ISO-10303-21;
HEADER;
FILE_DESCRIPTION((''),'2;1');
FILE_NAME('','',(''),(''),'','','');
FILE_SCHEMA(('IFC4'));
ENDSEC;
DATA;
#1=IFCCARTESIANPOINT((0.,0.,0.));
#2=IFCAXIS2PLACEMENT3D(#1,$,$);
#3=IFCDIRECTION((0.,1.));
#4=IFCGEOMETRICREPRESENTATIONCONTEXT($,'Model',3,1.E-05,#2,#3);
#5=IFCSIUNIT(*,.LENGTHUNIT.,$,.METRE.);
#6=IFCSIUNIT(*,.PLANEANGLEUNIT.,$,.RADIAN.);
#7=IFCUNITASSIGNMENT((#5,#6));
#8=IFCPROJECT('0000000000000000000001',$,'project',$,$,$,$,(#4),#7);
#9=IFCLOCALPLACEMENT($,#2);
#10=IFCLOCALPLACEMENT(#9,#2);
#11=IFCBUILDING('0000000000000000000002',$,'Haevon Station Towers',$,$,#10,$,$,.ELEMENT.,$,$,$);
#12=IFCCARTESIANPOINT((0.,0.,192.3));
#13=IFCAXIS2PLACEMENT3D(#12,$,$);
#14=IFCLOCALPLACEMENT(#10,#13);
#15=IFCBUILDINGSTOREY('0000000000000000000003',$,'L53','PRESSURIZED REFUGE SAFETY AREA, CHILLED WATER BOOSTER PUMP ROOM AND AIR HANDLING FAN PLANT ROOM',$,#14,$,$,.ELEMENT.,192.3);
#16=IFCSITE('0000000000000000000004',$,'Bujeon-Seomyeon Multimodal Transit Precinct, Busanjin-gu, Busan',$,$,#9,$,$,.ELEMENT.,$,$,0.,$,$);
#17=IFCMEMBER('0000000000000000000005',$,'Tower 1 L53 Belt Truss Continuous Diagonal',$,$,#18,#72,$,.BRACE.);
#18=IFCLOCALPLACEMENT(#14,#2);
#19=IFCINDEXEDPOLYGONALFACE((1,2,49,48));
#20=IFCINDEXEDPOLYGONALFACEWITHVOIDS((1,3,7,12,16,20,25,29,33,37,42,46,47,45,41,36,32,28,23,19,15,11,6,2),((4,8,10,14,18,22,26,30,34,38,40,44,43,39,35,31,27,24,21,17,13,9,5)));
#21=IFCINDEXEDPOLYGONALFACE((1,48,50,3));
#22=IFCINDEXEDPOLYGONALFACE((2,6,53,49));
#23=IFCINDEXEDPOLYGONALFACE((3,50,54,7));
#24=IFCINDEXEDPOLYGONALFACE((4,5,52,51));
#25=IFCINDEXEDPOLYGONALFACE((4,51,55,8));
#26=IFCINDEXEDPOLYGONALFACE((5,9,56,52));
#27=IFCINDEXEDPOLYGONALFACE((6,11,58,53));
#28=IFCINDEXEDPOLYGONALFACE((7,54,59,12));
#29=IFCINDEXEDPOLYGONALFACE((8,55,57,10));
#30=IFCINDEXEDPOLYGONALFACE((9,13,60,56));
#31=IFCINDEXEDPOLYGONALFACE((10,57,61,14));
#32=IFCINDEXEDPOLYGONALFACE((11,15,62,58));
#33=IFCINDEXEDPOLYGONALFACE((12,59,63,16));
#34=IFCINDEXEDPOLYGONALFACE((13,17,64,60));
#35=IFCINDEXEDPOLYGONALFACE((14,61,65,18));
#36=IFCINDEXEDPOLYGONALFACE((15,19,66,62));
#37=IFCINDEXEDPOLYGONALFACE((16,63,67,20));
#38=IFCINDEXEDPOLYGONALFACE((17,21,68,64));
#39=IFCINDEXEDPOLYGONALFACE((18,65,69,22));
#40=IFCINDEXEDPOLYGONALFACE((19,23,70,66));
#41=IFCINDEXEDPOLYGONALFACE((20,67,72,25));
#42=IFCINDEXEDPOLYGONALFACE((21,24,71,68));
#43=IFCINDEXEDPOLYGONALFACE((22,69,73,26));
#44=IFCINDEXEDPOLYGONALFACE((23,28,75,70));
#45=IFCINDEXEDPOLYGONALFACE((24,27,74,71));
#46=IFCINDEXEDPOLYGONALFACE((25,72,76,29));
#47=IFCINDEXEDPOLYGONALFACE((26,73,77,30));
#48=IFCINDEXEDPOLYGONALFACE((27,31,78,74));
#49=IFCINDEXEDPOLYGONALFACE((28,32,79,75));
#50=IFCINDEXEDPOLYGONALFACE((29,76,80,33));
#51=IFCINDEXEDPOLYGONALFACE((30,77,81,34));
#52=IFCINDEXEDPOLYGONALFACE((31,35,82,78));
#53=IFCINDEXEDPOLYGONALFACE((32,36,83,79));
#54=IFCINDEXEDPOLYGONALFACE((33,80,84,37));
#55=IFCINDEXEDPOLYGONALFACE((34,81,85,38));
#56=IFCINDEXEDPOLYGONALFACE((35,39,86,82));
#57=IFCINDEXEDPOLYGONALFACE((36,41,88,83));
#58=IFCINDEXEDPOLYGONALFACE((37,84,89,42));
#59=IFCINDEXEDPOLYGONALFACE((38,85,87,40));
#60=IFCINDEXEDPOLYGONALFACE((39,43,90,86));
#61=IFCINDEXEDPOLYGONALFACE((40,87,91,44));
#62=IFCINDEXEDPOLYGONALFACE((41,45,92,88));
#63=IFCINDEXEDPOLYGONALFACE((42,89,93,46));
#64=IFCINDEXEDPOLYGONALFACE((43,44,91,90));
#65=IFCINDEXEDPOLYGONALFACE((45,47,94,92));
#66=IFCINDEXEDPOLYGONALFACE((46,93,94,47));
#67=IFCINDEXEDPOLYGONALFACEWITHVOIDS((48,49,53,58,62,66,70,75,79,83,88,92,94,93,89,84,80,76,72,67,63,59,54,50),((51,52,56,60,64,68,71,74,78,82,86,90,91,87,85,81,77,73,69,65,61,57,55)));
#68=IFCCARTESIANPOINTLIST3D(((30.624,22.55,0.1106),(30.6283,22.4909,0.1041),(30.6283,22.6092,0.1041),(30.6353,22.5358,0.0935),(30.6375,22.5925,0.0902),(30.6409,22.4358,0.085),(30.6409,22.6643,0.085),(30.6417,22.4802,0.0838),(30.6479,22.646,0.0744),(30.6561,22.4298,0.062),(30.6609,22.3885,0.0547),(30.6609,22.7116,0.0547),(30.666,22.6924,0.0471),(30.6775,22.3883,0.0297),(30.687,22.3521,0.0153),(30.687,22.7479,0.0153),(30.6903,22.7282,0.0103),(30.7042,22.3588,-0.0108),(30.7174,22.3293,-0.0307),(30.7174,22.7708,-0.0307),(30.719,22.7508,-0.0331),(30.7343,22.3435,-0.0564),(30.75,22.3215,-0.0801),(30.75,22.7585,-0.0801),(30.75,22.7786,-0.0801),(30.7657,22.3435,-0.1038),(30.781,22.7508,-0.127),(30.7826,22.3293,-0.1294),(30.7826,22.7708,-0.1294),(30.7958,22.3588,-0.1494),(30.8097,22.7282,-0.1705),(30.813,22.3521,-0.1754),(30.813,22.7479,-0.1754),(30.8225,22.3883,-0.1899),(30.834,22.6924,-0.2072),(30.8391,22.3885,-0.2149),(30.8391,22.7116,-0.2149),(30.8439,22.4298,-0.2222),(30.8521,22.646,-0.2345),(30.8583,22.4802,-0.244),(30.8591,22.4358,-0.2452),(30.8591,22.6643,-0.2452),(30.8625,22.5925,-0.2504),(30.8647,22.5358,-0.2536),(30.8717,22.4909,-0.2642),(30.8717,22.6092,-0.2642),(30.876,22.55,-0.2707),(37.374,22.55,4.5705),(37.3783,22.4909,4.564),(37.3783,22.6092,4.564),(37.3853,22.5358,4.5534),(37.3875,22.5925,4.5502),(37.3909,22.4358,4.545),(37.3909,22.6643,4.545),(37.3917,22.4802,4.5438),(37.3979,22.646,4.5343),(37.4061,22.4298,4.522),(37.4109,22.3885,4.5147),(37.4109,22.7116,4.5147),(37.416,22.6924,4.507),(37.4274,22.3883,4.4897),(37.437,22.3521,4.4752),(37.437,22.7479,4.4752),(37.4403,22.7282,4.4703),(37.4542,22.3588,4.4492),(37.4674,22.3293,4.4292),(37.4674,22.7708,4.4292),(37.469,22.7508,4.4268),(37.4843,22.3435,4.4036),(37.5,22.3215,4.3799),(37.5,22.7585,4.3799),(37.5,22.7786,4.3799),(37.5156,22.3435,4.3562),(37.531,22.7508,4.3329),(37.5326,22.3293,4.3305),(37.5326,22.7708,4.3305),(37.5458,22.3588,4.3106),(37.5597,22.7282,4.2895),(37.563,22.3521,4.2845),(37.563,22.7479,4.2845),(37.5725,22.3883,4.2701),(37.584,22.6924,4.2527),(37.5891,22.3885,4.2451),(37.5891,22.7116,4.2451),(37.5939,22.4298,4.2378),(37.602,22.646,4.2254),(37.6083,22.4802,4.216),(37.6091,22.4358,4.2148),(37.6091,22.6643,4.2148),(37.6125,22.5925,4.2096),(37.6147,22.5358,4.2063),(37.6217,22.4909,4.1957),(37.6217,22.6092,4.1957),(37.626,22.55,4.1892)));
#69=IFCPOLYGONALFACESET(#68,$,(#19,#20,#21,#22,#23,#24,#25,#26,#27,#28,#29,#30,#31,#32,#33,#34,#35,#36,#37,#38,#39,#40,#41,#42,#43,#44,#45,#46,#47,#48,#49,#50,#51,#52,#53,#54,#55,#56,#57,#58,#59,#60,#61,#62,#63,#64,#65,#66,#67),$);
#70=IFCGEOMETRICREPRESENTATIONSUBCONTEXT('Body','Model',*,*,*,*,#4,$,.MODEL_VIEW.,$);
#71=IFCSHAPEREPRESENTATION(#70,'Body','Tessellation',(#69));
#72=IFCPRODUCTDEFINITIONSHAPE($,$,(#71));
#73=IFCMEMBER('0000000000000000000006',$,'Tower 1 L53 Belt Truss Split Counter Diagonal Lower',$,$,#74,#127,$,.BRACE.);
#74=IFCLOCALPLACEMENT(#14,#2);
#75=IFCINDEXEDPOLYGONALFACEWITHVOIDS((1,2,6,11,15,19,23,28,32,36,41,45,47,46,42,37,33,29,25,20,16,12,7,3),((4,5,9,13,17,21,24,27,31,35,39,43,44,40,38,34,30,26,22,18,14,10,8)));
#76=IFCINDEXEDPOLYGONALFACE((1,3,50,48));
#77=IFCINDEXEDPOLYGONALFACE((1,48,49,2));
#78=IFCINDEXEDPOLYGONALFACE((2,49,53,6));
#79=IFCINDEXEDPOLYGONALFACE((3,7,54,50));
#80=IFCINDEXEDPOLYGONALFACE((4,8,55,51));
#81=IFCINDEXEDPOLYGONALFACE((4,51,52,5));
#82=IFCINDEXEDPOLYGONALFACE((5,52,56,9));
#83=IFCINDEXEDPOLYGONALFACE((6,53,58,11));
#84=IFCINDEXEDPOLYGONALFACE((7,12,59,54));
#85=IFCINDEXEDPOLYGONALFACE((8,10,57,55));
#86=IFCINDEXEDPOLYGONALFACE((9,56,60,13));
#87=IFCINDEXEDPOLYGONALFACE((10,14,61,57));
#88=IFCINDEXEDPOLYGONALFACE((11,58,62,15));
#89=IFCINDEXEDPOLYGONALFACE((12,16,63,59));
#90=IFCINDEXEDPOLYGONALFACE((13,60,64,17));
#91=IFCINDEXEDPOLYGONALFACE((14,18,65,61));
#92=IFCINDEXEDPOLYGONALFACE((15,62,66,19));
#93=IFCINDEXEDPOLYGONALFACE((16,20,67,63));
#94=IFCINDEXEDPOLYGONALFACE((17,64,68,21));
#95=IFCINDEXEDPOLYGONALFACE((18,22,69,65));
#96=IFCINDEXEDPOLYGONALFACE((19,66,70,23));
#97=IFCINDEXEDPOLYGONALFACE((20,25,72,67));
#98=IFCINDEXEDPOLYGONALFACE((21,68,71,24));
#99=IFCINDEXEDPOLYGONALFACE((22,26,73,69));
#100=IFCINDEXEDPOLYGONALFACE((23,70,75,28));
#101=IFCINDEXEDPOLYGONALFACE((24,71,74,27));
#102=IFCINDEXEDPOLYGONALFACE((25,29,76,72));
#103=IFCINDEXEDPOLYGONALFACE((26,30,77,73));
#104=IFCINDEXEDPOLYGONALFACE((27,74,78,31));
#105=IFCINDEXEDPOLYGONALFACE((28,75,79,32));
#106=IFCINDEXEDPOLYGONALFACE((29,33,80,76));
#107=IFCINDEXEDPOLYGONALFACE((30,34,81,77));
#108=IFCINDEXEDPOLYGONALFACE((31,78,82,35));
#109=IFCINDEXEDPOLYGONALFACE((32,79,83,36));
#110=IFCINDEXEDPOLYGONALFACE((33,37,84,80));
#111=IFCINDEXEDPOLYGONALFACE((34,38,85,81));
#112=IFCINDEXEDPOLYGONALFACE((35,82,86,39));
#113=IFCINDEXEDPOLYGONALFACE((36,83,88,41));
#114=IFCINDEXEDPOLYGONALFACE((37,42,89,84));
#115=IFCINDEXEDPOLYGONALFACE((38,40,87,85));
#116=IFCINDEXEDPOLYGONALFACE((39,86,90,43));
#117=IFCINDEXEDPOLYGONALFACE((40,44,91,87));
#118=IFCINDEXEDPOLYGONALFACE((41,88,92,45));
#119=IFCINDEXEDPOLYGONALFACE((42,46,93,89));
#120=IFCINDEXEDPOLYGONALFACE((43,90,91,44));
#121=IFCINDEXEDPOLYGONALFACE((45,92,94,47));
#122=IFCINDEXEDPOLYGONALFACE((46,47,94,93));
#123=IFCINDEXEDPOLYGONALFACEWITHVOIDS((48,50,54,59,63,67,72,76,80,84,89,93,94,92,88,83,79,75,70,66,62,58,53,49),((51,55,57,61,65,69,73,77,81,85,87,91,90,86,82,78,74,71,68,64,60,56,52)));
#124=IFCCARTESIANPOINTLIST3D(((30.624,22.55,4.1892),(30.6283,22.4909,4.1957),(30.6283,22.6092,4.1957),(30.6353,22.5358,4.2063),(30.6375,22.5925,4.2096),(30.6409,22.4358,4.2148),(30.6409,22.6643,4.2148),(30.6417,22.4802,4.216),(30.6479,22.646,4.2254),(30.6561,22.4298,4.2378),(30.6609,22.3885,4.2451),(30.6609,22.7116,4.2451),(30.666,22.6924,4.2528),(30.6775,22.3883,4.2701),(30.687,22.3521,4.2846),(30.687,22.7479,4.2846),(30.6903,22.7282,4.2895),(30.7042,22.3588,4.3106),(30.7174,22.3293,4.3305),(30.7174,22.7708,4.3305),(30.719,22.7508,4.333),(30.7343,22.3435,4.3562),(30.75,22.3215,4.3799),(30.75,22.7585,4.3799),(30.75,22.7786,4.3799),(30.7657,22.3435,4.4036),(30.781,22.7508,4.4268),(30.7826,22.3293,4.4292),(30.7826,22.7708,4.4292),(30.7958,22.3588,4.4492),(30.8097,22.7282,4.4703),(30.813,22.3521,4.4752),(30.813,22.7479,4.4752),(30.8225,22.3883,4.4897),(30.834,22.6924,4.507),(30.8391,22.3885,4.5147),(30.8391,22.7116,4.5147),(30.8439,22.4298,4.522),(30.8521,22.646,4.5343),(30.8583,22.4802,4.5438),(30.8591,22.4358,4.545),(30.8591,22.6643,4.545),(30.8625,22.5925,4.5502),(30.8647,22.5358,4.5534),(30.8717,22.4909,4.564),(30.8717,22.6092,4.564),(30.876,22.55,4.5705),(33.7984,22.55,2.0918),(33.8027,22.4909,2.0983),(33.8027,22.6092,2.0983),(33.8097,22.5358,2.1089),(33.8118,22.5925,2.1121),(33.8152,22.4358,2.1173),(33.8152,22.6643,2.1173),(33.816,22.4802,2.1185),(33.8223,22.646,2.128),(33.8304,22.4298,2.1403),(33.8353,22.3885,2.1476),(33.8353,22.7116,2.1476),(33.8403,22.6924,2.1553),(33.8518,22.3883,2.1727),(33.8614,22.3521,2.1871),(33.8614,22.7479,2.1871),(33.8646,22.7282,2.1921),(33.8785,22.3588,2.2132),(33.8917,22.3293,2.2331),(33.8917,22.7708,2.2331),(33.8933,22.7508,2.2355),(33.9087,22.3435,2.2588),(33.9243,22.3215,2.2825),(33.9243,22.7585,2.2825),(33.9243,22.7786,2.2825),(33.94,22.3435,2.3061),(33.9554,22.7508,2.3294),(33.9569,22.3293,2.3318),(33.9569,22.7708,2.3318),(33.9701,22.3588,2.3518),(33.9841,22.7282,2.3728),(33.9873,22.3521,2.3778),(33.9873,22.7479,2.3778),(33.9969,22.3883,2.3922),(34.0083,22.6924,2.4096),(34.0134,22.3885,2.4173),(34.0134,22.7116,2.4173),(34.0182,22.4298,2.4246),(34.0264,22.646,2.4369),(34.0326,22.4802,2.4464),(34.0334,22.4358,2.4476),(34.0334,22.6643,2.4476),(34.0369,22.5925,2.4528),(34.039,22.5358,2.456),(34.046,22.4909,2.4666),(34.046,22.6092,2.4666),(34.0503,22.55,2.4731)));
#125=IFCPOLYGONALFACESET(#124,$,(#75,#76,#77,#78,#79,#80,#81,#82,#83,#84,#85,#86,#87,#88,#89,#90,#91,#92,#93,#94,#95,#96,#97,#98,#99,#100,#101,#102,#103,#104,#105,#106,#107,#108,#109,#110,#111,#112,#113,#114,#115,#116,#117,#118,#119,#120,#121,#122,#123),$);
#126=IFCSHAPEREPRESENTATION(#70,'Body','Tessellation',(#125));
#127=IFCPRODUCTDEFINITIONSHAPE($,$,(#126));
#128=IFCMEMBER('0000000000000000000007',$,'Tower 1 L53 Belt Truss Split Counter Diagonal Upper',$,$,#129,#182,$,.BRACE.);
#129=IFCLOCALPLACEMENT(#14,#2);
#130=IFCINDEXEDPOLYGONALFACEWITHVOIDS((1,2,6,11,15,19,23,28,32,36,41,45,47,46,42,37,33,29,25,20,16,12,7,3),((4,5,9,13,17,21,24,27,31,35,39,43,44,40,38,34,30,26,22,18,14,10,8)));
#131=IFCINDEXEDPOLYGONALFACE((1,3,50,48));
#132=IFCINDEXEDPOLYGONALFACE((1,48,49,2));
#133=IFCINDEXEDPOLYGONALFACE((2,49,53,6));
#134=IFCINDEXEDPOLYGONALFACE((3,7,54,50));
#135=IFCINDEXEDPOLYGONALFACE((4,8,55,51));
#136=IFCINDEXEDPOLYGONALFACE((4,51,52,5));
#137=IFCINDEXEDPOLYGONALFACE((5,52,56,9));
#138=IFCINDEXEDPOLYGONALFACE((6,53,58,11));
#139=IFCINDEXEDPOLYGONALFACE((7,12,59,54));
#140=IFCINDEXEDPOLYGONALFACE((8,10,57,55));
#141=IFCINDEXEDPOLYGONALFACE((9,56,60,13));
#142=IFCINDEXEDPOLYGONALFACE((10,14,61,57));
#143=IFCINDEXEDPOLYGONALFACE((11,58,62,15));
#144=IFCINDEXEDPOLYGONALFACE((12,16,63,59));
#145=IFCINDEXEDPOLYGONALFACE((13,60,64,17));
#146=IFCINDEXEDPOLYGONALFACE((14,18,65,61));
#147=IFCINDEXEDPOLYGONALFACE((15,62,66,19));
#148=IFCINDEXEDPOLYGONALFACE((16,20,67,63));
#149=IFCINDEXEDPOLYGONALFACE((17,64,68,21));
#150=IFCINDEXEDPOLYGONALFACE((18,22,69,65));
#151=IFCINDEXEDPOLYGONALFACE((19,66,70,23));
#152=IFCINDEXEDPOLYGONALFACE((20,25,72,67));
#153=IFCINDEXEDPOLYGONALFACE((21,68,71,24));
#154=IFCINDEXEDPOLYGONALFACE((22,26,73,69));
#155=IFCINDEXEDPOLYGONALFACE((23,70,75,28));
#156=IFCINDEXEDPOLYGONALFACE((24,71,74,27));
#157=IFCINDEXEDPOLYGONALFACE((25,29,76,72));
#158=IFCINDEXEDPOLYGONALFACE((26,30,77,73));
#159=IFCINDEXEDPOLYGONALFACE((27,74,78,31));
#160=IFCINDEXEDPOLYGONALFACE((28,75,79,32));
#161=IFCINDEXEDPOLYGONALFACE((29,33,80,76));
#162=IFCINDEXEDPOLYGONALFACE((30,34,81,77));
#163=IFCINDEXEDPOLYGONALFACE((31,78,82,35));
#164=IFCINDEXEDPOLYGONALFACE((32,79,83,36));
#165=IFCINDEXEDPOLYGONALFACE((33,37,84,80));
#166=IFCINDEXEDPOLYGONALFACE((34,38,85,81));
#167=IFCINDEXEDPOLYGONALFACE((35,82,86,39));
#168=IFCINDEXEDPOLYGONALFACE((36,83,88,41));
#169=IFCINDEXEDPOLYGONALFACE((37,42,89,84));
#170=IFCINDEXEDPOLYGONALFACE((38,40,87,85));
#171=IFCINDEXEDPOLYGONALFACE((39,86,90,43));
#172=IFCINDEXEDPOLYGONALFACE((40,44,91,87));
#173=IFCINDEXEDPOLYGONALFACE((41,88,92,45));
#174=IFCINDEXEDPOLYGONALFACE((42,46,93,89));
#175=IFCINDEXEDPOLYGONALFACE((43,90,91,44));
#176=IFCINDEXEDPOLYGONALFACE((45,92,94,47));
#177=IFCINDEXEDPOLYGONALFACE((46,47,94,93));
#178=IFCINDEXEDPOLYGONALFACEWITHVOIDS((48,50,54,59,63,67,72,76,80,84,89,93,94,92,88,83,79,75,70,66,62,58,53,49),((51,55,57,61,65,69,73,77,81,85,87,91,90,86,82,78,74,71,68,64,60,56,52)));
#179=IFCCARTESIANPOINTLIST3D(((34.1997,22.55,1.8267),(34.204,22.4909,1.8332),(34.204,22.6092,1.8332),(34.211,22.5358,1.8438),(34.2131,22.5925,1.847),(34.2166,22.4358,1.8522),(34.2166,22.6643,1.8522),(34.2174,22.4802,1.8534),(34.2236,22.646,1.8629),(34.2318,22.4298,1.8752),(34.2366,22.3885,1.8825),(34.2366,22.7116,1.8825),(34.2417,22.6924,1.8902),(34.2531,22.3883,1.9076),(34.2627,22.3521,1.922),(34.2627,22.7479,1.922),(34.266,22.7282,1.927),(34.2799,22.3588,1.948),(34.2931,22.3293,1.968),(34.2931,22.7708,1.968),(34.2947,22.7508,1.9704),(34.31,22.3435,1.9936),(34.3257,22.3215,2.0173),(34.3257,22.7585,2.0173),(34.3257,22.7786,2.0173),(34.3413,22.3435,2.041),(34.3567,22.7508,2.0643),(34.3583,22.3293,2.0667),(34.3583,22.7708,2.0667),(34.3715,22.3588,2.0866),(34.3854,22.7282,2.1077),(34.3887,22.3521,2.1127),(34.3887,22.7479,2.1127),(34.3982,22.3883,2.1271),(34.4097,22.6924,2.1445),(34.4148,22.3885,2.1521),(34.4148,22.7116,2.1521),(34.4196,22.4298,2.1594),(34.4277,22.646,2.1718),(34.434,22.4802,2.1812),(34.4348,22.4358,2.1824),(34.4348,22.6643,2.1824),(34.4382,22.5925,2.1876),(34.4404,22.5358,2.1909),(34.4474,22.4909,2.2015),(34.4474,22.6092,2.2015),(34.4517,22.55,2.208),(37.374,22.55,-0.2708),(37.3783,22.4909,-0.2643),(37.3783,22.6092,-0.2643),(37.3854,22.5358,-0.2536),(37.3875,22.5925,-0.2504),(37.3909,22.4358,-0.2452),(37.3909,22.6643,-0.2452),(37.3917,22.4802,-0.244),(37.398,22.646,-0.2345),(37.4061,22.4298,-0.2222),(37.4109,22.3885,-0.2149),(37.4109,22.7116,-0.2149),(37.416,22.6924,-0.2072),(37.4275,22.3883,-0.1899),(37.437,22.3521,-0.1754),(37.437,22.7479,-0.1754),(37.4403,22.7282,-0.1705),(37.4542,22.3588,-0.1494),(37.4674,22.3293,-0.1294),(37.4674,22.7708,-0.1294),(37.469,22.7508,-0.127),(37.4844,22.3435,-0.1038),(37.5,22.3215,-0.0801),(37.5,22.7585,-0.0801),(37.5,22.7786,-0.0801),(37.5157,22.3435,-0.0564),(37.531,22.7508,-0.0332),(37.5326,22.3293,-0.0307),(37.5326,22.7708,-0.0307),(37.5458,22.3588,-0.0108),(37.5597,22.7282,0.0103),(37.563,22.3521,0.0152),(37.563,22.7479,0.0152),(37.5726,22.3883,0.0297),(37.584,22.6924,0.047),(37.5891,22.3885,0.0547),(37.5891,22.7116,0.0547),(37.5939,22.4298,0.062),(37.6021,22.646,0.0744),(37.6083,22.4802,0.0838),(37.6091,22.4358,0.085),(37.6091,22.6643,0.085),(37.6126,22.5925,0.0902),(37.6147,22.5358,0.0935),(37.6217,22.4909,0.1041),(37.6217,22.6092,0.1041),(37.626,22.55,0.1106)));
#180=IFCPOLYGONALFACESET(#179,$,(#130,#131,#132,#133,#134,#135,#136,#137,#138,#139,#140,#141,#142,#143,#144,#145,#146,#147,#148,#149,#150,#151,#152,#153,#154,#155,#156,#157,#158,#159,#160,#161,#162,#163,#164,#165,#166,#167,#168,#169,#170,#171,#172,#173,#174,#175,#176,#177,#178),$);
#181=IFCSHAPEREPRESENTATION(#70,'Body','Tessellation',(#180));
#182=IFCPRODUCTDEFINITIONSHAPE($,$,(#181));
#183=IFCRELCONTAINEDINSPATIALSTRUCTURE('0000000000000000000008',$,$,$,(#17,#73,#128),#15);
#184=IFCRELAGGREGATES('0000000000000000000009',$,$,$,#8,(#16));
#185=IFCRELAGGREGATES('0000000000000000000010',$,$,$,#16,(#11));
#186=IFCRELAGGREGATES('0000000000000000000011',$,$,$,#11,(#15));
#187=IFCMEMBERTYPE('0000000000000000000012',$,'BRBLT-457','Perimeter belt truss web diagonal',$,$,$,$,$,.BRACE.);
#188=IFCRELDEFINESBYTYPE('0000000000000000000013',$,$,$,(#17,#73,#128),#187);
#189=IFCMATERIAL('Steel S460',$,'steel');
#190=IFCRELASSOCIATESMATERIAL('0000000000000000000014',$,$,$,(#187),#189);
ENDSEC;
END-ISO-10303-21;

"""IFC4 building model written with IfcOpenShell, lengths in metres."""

from ifc_helpers import new_model, si_unit, direction, frame, origin, origin_2d, place, context, subcontext, project, spatial, hollow_circle, extrude, material, material_profile, profile_set, type_object, element, save


model = new_model("IFC4")

# Units and contexts
model_context = context("Model", 3, precision=1e-05, world=origin(), true_north=direction((0.0, 1.0)))
body_context = subcontext(model_context, "Body", "Model", "MODEL_VIEW")
ifc_project = project(units=[si_unit("LENGTHUNIT", "METRE"), si_unit("PLANEANGLEUNIT", "RADIAN")], contexts=[model_context])

# Site, building, storey
site_placement = place(None, origin())
site = spatial("IfcSite", under=ifc_project, at=site_placement, Name="Bujeon-Seomyeon Multimodal Transit Precinct, Busanjin-gu, Busan", CompositionType="ELEMENT", RefElevation=0.0)
building_placement = place(site_placement, origin())
building = spatial("IfcBuilding", under=site, at=building_placement, Name="Haevon Station Towers", CompositionType="ELEMENT")
storey_placement = place(building_placement, frame((0.0, 0.0, 192.3)))
storey = spatial("IfcBuildingStorey", under=building, at=storey_placement, Name="L53", Description="PRESSURIZED REFUGE SAFETY AREA, CHILLED WATER BOOSTER PUMP ROOM AND AIR HANDLING FAN PLANT ROOM", CompositionType="ELEMENT", Elevation=192.3)

# Shared definitions
ifc_material_1 = material(Name="Steel S460", Category="steel")

# Members
ifc_material_profile_1 = material_profile(ifc_material_1, hollow_circle(Radius=0.2285, WallThickness=0.02, at=origin_2d()), Name="CHS-457x20")
ifc_profile_set_1 = profile_set([ifc_material_profile_1], Name="Steel S460")
member_type_1 = type_object("IfcMemberType", Name="BRBLT-457", Description="Perimeter belt truss web diagonal", PredefinedType="BRACE", material=ifc_profile_set_1)
member_1_placement = place(storey_placement, frame((30.75, 22.55, -0.0801), z_axis=(0.834327, 0.0, 0.551269), x_axis=(0.0, 1.0, 0.0)))
element("IfcMember", 1, at=member_1_placement, inside=storey, type_object=member_type_1, Name="Tower 1 L53 Belt Truss Continuous Diagonal", PredefinedType="BRACE", context=body_context, shape_type="SweptSolid", body=[
    extrude(hollow_circle(Radius=0.2285, WallThickness=0.02, at=origin_2d()), origin(), (0.0, 0.0, 1.0), 8.0903),
])
for number, where, z_axis, x_axis, name in (
    (2, (30.75, 22.55, 4.3799), (0.834324, 0.0, -0.551275), (0.0, 1.0, 0.0), "Tower 1 L53 Belt Truss Split Counter Diagonal Lower"),
    (3, (34.3257, 22.55, 2.0173), (0.834324, 0.0, -0.551275), (0.0, 1.0, 0.0), "Tower 1 L53 Belt Truss Split Counter Diagonal Upper"),
):
    element("IfcMember", number, at=place(storey_placement, frame(where, z_axis=z_axis, x_axis=x_axis)), inside=storey, type_object=member_type_1, Name=name, PredefinedType="BRACE", context=body_context, shape_type="SweptSolid", body=[
        extrude(hollow_circle(Radius=0.2285, WallThickness=0.02, at=origin_2d()), origin(), (0.0, 0.0, 1.0), 3.8047),
    ])

save(model, "model.ifc")
